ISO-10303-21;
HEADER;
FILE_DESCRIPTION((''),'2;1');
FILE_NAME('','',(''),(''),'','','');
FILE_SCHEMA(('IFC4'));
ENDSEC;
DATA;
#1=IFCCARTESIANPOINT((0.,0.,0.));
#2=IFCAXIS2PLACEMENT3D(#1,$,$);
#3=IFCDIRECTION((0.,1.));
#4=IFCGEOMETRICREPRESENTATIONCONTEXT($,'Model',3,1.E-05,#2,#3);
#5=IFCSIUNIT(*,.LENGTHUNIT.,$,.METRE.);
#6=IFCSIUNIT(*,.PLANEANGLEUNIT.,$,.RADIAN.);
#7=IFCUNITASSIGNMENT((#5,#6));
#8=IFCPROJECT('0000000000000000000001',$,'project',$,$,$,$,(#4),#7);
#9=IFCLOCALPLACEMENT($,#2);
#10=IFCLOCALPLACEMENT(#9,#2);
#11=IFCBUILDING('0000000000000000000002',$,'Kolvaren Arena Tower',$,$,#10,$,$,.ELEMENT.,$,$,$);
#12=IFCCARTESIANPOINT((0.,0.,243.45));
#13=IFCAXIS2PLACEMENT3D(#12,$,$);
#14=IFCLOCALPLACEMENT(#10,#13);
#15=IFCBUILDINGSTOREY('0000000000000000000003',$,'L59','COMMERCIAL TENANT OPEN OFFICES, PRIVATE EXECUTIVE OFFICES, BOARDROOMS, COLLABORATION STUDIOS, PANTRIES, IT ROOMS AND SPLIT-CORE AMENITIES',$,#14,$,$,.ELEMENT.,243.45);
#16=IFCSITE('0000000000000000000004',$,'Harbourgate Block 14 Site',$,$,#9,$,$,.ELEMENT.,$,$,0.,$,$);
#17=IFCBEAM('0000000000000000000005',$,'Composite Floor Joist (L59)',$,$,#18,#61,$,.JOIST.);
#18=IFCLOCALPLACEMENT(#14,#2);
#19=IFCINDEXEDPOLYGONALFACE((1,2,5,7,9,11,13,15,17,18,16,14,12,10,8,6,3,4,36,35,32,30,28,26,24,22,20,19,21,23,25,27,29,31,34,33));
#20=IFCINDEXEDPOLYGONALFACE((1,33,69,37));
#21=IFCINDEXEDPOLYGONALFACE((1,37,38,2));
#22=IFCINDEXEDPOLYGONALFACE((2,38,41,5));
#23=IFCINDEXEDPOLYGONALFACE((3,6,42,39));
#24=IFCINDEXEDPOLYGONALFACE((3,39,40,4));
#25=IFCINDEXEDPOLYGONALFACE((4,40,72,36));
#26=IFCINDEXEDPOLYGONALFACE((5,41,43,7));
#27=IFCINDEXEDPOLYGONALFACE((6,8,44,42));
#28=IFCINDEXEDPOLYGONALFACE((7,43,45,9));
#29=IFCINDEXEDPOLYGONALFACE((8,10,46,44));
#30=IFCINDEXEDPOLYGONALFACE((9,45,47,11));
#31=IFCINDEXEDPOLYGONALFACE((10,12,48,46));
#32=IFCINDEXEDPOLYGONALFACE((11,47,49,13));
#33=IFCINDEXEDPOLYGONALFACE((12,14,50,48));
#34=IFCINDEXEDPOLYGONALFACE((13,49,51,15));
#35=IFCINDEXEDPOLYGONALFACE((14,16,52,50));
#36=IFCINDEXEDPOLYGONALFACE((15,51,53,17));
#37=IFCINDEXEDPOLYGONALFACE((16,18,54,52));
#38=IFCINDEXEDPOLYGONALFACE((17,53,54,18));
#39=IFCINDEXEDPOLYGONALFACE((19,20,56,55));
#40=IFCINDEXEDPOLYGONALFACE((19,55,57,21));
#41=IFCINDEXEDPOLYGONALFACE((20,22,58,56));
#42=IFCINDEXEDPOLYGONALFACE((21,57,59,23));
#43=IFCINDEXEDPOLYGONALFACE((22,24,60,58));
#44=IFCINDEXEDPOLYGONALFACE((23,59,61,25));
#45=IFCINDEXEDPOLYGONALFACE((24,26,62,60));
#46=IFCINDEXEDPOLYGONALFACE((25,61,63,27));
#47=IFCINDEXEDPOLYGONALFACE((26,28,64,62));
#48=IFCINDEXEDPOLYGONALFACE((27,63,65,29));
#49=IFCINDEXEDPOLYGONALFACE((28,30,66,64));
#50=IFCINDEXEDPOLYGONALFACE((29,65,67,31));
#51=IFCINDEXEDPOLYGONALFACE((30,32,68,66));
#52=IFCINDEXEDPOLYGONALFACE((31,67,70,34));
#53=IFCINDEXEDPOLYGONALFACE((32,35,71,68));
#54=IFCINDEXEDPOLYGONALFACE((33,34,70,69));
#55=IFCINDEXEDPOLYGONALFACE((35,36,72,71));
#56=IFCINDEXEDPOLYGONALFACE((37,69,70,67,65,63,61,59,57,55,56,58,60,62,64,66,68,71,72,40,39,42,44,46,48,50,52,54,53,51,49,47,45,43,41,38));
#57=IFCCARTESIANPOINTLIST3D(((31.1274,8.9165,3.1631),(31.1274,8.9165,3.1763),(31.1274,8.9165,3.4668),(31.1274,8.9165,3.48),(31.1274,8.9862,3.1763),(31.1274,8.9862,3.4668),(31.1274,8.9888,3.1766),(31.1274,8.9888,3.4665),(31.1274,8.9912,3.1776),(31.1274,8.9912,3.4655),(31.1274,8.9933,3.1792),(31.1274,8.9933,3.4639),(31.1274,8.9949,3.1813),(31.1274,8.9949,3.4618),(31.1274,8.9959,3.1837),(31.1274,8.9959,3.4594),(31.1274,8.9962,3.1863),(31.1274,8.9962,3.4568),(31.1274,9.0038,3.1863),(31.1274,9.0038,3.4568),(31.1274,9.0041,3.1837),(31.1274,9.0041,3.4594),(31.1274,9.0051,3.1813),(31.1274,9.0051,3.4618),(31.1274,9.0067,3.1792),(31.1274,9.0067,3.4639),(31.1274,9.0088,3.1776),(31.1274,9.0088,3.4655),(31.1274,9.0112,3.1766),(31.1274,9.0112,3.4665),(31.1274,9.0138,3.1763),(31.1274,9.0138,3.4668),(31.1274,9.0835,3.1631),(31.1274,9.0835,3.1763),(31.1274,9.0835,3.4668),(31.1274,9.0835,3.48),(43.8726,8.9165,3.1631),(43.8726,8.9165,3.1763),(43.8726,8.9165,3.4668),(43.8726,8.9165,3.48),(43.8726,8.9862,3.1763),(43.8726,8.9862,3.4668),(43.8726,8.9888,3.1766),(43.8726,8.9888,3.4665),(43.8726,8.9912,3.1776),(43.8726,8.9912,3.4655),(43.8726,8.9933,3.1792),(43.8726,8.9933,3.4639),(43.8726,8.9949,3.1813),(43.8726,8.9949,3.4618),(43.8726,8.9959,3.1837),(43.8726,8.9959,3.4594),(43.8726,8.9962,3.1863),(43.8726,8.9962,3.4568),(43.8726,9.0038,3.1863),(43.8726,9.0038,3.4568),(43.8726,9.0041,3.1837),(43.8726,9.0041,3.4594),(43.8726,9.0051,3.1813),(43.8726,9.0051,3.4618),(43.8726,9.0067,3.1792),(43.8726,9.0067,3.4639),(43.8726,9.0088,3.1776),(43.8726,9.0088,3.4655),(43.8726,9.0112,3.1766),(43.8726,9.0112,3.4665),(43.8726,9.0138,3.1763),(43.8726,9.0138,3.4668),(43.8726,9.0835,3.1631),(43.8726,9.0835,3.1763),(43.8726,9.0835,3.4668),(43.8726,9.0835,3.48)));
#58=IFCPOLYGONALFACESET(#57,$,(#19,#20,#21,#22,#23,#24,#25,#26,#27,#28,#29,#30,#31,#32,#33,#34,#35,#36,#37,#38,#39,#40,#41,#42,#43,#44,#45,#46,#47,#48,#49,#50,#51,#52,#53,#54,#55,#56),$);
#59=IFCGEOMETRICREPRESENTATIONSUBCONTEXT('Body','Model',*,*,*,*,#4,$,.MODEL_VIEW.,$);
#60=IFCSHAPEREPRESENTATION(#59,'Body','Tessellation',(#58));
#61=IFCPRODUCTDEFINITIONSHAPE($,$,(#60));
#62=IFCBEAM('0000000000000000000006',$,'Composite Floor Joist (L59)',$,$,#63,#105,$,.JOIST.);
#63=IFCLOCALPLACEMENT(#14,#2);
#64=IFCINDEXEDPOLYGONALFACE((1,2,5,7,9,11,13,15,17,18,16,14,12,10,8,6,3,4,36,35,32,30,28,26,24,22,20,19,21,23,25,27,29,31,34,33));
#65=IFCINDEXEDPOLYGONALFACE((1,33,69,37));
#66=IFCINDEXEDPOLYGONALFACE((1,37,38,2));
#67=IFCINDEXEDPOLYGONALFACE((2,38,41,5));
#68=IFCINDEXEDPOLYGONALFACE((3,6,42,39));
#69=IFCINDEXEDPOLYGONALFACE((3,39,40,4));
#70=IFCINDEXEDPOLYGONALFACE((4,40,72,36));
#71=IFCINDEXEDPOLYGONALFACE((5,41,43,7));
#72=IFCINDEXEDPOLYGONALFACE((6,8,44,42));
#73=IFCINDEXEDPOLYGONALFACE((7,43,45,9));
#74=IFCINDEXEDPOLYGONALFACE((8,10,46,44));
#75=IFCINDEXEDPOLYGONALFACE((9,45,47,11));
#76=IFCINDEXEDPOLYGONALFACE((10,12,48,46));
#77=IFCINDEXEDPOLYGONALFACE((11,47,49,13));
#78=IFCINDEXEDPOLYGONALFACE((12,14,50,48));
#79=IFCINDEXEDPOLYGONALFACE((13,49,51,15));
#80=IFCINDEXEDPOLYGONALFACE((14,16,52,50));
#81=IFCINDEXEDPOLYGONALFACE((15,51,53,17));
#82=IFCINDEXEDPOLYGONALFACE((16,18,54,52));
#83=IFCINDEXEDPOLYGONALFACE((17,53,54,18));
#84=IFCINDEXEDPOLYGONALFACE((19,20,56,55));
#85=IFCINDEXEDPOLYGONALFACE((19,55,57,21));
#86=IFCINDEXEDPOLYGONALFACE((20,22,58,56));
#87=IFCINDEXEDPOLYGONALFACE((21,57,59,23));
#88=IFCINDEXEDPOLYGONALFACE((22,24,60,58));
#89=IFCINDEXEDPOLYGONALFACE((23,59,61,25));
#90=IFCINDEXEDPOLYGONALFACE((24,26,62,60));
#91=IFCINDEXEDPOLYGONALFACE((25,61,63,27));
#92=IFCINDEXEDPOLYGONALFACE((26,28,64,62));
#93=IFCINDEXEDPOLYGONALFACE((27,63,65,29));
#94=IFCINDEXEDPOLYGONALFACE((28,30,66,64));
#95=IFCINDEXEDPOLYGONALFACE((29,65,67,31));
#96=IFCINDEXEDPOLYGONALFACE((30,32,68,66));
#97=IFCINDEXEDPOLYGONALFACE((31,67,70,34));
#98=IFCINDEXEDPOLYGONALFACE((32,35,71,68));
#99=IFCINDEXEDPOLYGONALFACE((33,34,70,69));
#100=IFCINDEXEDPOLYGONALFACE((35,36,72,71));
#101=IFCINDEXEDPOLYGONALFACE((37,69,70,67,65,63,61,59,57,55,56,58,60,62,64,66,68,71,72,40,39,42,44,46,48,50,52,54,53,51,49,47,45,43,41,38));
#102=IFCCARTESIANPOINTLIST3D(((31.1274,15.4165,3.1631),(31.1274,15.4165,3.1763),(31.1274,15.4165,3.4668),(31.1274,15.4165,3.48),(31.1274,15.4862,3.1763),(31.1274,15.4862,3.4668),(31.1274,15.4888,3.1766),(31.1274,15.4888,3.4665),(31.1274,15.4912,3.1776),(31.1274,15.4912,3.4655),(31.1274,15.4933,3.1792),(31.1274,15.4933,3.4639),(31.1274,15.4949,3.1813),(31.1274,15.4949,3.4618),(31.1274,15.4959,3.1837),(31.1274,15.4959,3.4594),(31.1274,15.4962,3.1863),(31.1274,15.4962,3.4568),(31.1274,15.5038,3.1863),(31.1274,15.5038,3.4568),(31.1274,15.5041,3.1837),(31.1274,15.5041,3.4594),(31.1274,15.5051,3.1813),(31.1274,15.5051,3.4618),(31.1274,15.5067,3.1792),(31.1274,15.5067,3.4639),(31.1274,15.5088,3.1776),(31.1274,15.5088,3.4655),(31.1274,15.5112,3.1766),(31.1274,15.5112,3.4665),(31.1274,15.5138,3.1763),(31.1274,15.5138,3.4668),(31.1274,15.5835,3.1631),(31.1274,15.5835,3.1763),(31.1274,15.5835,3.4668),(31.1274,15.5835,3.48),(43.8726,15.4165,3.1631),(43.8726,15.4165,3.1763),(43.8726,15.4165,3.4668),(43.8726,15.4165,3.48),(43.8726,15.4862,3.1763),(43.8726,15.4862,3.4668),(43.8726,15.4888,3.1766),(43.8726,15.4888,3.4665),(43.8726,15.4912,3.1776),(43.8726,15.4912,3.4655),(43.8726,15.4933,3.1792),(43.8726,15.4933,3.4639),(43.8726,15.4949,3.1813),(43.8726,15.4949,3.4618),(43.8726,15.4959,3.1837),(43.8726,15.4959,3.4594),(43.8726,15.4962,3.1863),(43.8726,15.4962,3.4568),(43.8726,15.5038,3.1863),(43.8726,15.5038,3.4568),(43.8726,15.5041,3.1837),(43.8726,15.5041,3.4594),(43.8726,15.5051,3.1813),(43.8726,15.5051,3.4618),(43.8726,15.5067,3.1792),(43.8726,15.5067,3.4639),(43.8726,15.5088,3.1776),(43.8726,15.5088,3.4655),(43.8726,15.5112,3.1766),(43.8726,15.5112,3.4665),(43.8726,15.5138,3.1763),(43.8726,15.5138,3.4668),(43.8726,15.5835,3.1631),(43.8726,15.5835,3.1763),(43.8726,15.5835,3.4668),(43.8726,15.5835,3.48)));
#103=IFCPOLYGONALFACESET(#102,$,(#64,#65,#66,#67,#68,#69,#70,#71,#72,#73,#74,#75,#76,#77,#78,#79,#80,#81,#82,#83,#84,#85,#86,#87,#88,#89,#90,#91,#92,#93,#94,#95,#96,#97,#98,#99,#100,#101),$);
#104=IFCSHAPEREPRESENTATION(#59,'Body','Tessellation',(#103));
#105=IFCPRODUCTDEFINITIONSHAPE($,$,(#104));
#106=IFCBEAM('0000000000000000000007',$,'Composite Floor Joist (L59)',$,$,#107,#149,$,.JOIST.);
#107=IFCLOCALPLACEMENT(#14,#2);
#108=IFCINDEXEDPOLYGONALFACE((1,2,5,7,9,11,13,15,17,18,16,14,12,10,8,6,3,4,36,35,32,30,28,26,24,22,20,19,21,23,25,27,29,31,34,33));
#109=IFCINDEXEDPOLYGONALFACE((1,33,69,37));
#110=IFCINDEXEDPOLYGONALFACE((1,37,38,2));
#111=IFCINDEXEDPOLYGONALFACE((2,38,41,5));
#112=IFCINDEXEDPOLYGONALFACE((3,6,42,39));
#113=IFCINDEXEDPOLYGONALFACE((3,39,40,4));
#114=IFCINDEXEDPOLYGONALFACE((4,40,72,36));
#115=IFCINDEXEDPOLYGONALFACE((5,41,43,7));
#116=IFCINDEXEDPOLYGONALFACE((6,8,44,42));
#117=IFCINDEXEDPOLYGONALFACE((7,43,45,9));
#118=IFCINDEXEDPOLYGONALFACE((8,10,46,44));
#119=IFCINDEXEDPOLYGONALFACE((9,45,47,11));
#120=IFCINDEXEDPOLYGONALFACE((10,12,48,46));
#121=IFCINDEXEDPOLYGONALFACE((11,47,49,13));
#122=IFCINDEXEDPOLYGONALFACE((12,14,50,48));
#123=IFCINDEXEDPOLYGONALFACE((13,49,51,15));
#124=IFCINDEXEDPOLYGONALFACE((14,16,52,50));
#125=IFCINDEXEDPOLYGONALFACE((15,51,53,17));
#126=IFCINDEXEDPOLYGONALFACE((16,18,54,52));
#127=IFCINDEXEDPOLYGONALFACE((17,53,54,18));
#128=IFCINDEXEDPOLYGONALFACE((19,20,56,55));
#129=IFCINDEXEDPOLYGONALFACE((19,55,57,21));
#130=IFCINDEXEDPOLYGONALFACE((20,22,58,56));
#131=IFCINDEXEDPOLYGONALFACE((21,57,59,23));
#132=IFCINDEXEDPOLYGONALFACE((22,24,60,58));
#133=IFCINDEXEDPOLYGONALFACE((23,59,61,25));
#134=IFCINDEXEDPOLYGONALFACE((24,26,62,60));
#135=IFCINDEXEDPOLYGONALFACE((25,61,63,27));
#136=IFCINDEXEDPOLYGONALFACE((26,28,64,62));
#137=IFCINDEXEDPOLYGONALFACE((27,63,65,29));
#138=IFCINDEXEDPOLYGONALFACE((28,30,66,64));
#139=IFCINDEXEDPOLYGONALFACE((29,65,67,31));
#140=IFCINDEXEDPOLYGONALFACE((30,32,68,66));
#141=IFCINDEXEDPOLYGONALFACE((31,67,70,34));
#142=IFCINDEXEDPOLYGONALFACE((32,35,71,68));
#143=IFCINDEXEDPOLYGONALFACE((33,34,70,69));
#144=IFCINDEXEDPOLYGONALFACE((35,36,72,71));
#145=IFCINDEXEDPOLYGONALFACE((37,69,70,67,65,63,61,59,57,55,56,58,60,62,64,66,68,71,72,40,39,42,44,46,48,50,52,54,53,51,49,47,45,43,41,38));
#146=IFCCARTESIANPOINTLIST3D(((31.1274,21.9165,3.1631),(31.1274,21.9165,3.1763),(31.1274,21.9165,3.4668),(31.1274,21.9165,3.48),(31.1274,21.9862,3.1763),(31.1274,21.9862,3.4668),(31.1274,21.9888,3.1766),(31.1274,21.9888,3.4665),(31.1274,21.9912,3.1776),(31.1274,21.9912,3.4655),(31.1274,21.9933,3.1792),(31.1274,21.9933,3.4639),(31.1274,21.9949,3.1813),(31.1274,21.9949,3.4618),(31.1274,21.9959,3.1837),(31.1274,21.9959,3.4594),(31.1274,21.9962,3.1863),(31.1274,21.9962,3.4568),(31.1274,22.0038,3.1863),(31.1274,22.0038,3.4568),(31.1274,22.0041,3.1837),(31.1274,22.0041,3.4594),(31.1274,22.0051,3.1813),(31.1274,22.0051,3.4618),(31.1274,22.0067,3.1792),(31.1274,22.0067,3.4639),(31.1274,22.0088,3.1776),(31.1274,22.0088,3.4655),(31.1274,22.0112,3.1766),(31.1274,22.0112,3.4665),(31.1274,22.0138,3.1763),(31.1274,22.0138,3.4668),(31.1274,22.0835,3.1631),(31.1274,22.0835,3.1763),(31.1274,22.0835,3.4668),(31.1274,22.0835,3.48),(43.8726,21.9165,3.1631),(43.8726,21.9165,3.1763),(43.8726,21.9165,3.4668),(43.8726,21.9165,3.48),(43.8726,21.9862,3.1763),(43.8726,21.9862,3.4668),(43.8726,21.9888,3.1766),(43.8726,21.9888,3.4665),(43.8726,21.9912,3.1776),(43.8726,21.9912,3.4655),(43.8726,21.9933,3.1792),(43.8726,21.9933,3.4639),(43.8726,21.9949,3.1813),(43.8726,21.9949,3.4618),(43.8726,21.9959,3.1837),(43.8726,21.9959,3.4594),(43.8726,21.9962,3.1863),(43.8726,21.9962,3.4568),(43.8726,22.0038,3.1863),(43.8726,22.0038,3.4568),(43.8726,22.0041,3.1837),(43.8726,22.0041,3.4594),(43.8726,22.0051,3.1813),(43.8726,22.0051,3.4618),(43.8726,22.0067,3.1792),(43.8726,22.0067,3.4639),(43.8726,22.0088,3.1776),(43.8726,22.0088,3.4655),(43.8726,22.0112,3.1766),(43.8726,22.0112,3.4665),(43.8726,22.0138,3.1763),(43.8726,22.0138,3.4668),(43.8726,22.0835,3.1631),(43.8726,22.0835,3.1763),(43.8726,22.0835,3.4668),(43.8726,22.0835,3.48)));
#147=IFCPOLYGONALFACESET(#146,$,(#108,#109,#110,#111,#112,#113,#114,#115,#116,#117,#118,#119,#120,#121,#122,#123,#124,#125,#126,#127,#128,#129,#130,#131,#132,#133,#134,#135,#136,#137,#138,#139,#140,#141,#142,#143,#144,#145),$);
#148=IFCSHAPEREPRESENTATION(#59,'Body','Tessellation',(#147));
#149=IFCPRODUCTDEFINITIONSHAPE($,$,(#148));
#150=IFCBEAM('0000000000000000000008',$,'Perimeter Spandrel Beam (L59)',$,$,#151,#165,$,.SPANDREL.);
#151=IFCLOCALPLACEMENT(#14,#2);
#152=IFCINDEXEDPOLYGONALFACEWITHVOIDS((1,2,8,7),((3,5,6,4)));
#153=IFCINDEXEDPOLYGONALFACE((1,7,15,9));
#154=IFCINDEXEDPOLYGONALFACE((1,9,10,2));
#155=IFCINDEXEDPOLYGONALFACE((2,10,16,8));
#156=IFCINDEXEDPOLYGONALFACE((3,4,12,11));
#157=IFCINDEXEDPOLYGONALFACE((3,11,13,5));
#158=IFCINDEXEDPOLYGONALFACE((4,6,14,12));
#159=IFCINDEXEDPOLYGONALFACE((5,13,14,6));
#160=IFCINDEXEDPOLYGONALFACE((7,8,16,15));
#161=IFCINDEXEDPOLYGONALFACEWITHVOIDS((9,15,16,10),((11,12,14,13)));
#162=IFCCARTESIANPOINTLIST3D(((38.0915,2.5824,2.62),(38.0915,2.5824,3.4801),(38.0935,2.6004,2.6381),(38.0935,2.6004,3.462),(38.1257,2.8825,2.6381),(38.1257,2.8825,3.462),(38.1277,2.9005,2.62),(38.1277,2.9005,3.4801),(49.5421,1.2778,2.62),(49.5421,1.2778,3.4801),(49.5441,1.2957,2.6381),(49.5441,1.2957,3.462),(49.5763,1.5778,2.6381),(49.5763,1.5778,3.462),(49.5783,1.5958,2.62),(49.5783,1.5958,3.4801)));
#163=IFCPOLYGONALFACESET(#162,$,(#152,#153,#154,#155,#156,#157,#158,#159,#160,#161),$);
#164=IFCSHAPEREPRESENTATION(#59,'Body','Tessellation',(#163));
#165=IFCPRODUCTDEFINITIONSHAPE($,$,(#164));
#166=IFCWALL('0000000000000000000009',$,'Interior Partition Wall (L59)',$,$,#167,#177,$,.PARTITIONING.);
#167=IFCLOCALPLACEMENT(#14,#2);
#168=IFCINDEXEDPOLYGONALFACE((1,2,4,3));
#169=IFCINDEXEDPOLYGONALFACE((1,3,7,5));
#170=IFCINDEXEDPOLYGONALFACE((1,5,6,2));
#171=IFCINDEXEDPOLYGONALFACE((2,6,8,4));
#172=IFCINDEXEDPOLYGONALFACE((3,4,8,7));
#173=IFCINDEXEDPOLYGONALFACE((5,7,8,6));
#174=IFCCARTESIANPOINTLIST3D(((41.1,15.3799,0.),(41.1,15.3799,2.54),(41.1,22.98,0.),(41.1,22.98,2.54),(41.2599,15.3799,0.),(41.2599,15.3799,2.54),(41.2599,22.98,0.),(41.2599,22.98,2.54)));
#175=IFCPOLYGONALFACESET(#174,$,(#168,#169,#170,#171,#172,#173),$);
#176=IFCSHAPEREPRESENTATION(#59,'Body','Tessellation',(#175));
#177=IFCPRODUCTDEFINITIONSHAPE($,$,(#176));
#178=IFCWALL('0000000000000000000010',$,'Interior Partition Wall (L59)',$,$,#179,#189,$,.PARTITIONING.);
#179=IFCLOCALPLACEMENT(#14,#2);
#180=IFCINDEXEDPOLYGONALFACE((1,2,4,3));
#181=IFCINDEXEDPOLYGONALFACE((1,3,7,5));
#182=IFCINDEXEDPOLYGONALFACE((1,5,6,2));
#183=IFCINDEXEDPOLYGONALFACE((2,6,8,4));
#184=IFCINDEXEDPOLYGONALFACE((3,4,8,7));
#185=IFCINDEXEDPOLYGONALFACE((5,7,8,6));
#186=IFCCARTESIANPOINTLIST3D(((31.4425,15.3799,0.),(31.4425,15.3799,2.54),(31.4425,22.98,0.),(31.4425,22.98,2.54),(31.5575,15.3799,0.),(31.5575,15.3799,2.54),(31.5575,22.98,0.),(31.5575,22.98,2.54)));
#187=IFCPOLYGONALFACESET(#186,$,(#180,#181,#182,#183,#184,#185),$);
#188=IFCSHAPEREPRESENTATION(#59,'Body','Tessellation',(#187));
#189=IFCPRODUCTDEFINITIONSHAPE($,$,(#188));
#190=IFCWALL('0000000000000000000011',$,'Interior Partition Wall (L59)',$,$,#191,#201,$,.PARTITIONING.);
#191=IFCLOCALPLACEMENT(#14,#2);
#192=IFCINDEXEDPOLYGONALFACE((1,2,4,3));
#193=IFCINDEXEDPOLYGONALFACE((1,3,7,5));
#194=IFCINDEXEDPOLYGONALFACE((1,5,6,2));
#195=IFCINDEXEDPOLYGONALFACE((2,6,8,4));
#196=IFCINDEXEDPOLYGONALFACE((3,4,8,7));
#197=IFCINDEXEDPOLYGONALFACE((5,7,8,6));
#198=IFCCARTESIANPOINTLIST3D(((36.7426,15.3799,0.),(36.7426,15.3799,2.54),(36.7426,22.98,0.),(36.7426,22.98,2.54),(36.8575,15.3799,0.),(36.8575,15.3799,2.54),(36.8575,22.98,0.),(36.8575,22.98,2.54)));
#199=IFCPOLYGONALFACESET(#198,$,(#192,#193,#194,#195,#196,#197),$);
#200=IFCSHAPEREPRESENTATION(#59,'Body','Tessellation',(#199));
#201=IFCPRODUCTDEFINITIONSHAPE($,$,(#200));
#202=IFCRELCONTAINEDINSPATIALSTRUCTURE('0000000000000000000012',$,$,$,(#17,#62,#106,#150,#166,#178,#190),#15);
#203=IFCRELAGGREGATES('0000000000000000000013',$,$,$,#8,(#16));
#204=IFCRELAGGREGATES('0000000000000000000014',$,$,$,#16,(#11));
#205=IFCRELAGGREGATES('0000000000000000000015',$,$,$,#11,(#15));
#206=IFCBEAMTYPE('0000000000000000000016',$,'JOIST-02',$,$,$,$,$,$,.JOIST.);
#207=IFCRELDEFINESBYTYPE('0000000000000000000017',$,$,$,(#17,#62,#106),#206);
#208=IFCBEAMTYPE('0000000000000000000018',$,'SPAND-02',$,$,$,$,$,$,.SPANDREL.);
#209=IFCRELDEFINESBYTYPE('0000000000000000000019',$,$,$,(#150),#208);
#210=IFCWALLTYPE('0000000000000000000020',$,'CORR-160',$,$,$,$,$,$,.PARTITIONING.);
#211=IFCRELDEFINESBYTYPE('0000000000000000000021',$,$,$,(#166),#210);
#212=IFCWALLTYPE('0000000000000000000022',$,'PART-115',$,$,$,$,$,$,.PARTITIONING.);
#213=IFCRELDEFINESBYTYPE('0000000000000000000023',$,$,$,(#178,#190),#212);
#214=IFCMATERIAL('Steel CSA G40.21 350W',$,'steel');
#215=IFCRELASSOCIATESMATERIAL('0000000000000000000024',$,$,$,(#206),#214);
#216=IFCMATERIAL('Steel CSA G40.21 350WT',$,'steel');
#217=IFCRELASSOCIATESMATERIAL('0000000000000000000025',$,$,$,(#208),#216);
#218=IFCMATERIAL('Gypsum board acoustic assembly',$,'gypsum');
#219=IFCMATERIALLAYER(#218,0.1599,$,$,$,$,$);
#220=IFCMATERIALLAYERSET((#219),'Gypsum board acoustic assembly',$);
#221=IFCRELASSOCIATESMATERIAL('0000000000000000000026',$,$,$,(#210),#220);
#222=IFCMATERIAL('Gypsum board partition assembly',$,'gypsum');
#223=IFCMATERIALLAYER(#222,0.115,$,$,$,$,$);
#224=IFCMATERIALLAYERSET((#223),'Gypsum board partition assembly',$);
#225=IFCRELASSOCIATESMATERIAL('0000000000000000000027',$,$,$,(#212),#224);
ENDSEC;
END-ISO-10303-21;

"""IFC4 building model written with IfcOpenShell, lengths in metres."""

from ifc_helpers import new_model, si_unit, direction, frame, frame_2d, origin, origin_2d, place, context, subcontext, project, spatial, rectangle, hollow_rectangle, i_section, extrude, material, layer, layer_set, material_profile, profile_set, type_object, element, save


model = new_model("IFC4")

# Units and contexts
model_context = context("Model", 3, precision=1e-05, world=origin(), true_north=direction((0.0, 1.0)))
body_context = subcontext(model_context, "Body", "Model", "MODEL_VIEW")
ifc_project = project(units=[si_unit("LENGTHUNIT", "METRE"), si_unit("PLANEANGLEUNIT", "RADIAN")], contexts=[model_context])

# Site, building, storey
site_placement = place(None, origin())
site = spatial("IfcSite", under=ifc_project, at=site_placement, Name="Harbourgate Block 14 Site", CompositionType="ELEMENT", RefElevation=0.0)
building_placement = place(site_placement, origin())
building = spatial("IfcBuilding", under=site, at=building_placement, Name="Kolvaren Arena Tower", CompositionType="ELEMENT")
storey_placement = place(building_placement, frame((0.0, 0.0, 243.45)))
storey = spatial("IfcBuildingStorey", under=building, at=storey_placement, Name="L59", Description="COMMERCIAL TENANT OPEN OFFICES, PRIVATE EXECUTIVE OFFICES, BOARDROOMS, COLLABORATION STUDIOS, PANTRIES, IT ROOMS AND SPLIT-CORE AMENITIES", CompositionType="ELEMENT", Elevation=243.45)

# Beams
ifc_material_1 = material(Name="Steel CSA G40.21 350W", Category="steel")
ifc_material_profile_1 = material_profile(ifc_material_1, i_section(OverallWidth=0.167, OverallDepth=0.3169, WebThickness=0.0076, FlangeThickness=0.0132, FilletRadius=0.01, at=origin_2d()), Name="W310x52")
ifc_profile_set_1 = profile_set([ifc_material_profile_1], Name="Steel CSA G40.21 350W")
beam_type_1 = type_object("IfcBeamType", Name="JOIST-02", PredefinedType="JOIST", material=ifc_profile_set_1)
for number, where, z_axis, x_axis, name in (
    (1, (31.1274, 9.0, 3.3215), (1.0, 0.0, 0.0), (0.0, 1.0, 0.0), "Composite Floor Joist (L59)"),
    (2, (31.1274, 15.5, 3.3215), (1.0, 0.0, 0.0), (0.0, 1.0, 0.0), "Composite Floor Joist (L59)"),
    (3, (31.1274, 22.0, 3.3215), (1.0, 0.0, 0.0), (0.0, 1.0, 0.0), "Composite Floor Joist (L59)"),
):
    element("IfcBeam", number, at=place(storey_placement, frame(where, z_axis=z_axis, x_axis=x_axis)), inside=storey, type_object=beam_type_1, Name=name, PredefinedType="JOIST", context=body_context, shape_type="SweptSolid", body=[
        extrude(i_section(OverallWidth=0.167, OverallDepth=0.3169, WebThickness=0.0076, FlangeThickness=0.0132, FilletRadius=0.01, at=origin_2d()), origin(), (0.0, 0.0, 1.0), 12.7451),
    ])
ifc_material_2 = material(Name="Steel CSA G40.21 350WT", Category="steel")
ifc_material_profile_2 = material_profile(ifc_material_2, hollow_rectangle(XDim=0.3201, YDim=0.8601, WallThickness=0.0181, at=origin_2d()), Name="HSS 860x320x18")
ifc_profile_set_2 = profile_set([ifc_material_profile_2], Name="Steel CSA G40.21 350WT")
beam_type_2 = type_object("IfcBeamType", Name="SPAND-02", PredefinedType="SPANDREL", material=ifc_profile_set_2)
beam_1_placement = place(storey_placement, frame((38.1096, 2.7415, 3.05), z_axis=(0.993571, -0.113207, 0.0), x_axis=(0.113207, 0.993571, 0.0)))
element("IfcBeam", 4, at=beam_1_placement, inside=storey, type_object=beam_type_2, Name="Perimeter Spandrel Beam (L59)", PredefinedType="SPANDREL", context=body_context, shape_type="SweptSolid", body=[
    extrude(hollow_rectangle(XDim=0.3201, YDim=0.8601, WallThickness=0.0181, at=origin_2d()), origin(), (0.0, 0.0, 1.0), 11.5247),
])

# Walls
ifc_material_3 = material(Name="Gypsum board acoustic assembly", Category="gypsum")
ifc_layer_1 = layer(ifc_material_3, 0.1599)
ifc_layer_set_1 = layer_set([ifc_layer_1], Name="Gypsum board acoustic assembly")
wall_type_1 = type_object("IfcWallType", Name="CORR-160", PredefinedType="PARTITIONING", material=ifc_layer_set_1)
wall_1_placement = place(storey_placement, frame((41.1799, 15.3799, 0.0), z_axis=(0.0, 0.0, 1.0), x_axis=(0.0, 1.0, 0.0)))
element("IfcWall", 5, at=wall_1_placement, inside=storey, type_object=wall_type_1, Name="Interior Partition Wall (L59)", PredefinedType="PARTITIONING", context=body_context, shape_type="SweptSolid", body=[
    extrude(rectangle(XDim=7.6001, YDim=0.1599, at=frame_2d((3.8, 0.0))), origin(), (0.0, 0.0, 1.0), 2.54),
])
ifc_material_4 = material(Name="Gypsum board partition assembly", Category="gypsum")
ifc_layer_2 = layer(ifc_material_4, 0.115)
ifc_layer_set_2 = layer_set([ifc_layer_2], Name="Gypsum board partition assembly")
wall_type_2 = type_object("IfcWallType", Name="PART-115", PredefinedType="PARTITIONING", material=ifc_layer_set_2)
for number, where, z_axis, x_axis, name in (
    (6, (31.5, 15.3799, 0.0), (0.0, 0.0, 1.0), (0.0, 1.0, 0.0), "Interior Partition Wall (L59)"),
    (7, (36.8, 15.3799, 0.0), (0.0, 0.0, 1.0), (0.0, 1.0, 0.0), "Interior Partition Wall (L59)"),
):
    element("IfcWall", number, at=place(storey_placement, frame(where, z_axis=z_axis, x_axis=x_axis)), inside=storey, type_object=wall_type_2, Name=name, PredefinedType="PARTITIONING", context=body_context, shape_type="SweptSolid", body=[
        extrude(rectangle(XDim=7.6001, YDim=0.115, at=frame_2d((3.8, 0.0))), origin(), (0.0, 0.0, 1.0), 2.54),
    ])

save(model, "model.ifc")
